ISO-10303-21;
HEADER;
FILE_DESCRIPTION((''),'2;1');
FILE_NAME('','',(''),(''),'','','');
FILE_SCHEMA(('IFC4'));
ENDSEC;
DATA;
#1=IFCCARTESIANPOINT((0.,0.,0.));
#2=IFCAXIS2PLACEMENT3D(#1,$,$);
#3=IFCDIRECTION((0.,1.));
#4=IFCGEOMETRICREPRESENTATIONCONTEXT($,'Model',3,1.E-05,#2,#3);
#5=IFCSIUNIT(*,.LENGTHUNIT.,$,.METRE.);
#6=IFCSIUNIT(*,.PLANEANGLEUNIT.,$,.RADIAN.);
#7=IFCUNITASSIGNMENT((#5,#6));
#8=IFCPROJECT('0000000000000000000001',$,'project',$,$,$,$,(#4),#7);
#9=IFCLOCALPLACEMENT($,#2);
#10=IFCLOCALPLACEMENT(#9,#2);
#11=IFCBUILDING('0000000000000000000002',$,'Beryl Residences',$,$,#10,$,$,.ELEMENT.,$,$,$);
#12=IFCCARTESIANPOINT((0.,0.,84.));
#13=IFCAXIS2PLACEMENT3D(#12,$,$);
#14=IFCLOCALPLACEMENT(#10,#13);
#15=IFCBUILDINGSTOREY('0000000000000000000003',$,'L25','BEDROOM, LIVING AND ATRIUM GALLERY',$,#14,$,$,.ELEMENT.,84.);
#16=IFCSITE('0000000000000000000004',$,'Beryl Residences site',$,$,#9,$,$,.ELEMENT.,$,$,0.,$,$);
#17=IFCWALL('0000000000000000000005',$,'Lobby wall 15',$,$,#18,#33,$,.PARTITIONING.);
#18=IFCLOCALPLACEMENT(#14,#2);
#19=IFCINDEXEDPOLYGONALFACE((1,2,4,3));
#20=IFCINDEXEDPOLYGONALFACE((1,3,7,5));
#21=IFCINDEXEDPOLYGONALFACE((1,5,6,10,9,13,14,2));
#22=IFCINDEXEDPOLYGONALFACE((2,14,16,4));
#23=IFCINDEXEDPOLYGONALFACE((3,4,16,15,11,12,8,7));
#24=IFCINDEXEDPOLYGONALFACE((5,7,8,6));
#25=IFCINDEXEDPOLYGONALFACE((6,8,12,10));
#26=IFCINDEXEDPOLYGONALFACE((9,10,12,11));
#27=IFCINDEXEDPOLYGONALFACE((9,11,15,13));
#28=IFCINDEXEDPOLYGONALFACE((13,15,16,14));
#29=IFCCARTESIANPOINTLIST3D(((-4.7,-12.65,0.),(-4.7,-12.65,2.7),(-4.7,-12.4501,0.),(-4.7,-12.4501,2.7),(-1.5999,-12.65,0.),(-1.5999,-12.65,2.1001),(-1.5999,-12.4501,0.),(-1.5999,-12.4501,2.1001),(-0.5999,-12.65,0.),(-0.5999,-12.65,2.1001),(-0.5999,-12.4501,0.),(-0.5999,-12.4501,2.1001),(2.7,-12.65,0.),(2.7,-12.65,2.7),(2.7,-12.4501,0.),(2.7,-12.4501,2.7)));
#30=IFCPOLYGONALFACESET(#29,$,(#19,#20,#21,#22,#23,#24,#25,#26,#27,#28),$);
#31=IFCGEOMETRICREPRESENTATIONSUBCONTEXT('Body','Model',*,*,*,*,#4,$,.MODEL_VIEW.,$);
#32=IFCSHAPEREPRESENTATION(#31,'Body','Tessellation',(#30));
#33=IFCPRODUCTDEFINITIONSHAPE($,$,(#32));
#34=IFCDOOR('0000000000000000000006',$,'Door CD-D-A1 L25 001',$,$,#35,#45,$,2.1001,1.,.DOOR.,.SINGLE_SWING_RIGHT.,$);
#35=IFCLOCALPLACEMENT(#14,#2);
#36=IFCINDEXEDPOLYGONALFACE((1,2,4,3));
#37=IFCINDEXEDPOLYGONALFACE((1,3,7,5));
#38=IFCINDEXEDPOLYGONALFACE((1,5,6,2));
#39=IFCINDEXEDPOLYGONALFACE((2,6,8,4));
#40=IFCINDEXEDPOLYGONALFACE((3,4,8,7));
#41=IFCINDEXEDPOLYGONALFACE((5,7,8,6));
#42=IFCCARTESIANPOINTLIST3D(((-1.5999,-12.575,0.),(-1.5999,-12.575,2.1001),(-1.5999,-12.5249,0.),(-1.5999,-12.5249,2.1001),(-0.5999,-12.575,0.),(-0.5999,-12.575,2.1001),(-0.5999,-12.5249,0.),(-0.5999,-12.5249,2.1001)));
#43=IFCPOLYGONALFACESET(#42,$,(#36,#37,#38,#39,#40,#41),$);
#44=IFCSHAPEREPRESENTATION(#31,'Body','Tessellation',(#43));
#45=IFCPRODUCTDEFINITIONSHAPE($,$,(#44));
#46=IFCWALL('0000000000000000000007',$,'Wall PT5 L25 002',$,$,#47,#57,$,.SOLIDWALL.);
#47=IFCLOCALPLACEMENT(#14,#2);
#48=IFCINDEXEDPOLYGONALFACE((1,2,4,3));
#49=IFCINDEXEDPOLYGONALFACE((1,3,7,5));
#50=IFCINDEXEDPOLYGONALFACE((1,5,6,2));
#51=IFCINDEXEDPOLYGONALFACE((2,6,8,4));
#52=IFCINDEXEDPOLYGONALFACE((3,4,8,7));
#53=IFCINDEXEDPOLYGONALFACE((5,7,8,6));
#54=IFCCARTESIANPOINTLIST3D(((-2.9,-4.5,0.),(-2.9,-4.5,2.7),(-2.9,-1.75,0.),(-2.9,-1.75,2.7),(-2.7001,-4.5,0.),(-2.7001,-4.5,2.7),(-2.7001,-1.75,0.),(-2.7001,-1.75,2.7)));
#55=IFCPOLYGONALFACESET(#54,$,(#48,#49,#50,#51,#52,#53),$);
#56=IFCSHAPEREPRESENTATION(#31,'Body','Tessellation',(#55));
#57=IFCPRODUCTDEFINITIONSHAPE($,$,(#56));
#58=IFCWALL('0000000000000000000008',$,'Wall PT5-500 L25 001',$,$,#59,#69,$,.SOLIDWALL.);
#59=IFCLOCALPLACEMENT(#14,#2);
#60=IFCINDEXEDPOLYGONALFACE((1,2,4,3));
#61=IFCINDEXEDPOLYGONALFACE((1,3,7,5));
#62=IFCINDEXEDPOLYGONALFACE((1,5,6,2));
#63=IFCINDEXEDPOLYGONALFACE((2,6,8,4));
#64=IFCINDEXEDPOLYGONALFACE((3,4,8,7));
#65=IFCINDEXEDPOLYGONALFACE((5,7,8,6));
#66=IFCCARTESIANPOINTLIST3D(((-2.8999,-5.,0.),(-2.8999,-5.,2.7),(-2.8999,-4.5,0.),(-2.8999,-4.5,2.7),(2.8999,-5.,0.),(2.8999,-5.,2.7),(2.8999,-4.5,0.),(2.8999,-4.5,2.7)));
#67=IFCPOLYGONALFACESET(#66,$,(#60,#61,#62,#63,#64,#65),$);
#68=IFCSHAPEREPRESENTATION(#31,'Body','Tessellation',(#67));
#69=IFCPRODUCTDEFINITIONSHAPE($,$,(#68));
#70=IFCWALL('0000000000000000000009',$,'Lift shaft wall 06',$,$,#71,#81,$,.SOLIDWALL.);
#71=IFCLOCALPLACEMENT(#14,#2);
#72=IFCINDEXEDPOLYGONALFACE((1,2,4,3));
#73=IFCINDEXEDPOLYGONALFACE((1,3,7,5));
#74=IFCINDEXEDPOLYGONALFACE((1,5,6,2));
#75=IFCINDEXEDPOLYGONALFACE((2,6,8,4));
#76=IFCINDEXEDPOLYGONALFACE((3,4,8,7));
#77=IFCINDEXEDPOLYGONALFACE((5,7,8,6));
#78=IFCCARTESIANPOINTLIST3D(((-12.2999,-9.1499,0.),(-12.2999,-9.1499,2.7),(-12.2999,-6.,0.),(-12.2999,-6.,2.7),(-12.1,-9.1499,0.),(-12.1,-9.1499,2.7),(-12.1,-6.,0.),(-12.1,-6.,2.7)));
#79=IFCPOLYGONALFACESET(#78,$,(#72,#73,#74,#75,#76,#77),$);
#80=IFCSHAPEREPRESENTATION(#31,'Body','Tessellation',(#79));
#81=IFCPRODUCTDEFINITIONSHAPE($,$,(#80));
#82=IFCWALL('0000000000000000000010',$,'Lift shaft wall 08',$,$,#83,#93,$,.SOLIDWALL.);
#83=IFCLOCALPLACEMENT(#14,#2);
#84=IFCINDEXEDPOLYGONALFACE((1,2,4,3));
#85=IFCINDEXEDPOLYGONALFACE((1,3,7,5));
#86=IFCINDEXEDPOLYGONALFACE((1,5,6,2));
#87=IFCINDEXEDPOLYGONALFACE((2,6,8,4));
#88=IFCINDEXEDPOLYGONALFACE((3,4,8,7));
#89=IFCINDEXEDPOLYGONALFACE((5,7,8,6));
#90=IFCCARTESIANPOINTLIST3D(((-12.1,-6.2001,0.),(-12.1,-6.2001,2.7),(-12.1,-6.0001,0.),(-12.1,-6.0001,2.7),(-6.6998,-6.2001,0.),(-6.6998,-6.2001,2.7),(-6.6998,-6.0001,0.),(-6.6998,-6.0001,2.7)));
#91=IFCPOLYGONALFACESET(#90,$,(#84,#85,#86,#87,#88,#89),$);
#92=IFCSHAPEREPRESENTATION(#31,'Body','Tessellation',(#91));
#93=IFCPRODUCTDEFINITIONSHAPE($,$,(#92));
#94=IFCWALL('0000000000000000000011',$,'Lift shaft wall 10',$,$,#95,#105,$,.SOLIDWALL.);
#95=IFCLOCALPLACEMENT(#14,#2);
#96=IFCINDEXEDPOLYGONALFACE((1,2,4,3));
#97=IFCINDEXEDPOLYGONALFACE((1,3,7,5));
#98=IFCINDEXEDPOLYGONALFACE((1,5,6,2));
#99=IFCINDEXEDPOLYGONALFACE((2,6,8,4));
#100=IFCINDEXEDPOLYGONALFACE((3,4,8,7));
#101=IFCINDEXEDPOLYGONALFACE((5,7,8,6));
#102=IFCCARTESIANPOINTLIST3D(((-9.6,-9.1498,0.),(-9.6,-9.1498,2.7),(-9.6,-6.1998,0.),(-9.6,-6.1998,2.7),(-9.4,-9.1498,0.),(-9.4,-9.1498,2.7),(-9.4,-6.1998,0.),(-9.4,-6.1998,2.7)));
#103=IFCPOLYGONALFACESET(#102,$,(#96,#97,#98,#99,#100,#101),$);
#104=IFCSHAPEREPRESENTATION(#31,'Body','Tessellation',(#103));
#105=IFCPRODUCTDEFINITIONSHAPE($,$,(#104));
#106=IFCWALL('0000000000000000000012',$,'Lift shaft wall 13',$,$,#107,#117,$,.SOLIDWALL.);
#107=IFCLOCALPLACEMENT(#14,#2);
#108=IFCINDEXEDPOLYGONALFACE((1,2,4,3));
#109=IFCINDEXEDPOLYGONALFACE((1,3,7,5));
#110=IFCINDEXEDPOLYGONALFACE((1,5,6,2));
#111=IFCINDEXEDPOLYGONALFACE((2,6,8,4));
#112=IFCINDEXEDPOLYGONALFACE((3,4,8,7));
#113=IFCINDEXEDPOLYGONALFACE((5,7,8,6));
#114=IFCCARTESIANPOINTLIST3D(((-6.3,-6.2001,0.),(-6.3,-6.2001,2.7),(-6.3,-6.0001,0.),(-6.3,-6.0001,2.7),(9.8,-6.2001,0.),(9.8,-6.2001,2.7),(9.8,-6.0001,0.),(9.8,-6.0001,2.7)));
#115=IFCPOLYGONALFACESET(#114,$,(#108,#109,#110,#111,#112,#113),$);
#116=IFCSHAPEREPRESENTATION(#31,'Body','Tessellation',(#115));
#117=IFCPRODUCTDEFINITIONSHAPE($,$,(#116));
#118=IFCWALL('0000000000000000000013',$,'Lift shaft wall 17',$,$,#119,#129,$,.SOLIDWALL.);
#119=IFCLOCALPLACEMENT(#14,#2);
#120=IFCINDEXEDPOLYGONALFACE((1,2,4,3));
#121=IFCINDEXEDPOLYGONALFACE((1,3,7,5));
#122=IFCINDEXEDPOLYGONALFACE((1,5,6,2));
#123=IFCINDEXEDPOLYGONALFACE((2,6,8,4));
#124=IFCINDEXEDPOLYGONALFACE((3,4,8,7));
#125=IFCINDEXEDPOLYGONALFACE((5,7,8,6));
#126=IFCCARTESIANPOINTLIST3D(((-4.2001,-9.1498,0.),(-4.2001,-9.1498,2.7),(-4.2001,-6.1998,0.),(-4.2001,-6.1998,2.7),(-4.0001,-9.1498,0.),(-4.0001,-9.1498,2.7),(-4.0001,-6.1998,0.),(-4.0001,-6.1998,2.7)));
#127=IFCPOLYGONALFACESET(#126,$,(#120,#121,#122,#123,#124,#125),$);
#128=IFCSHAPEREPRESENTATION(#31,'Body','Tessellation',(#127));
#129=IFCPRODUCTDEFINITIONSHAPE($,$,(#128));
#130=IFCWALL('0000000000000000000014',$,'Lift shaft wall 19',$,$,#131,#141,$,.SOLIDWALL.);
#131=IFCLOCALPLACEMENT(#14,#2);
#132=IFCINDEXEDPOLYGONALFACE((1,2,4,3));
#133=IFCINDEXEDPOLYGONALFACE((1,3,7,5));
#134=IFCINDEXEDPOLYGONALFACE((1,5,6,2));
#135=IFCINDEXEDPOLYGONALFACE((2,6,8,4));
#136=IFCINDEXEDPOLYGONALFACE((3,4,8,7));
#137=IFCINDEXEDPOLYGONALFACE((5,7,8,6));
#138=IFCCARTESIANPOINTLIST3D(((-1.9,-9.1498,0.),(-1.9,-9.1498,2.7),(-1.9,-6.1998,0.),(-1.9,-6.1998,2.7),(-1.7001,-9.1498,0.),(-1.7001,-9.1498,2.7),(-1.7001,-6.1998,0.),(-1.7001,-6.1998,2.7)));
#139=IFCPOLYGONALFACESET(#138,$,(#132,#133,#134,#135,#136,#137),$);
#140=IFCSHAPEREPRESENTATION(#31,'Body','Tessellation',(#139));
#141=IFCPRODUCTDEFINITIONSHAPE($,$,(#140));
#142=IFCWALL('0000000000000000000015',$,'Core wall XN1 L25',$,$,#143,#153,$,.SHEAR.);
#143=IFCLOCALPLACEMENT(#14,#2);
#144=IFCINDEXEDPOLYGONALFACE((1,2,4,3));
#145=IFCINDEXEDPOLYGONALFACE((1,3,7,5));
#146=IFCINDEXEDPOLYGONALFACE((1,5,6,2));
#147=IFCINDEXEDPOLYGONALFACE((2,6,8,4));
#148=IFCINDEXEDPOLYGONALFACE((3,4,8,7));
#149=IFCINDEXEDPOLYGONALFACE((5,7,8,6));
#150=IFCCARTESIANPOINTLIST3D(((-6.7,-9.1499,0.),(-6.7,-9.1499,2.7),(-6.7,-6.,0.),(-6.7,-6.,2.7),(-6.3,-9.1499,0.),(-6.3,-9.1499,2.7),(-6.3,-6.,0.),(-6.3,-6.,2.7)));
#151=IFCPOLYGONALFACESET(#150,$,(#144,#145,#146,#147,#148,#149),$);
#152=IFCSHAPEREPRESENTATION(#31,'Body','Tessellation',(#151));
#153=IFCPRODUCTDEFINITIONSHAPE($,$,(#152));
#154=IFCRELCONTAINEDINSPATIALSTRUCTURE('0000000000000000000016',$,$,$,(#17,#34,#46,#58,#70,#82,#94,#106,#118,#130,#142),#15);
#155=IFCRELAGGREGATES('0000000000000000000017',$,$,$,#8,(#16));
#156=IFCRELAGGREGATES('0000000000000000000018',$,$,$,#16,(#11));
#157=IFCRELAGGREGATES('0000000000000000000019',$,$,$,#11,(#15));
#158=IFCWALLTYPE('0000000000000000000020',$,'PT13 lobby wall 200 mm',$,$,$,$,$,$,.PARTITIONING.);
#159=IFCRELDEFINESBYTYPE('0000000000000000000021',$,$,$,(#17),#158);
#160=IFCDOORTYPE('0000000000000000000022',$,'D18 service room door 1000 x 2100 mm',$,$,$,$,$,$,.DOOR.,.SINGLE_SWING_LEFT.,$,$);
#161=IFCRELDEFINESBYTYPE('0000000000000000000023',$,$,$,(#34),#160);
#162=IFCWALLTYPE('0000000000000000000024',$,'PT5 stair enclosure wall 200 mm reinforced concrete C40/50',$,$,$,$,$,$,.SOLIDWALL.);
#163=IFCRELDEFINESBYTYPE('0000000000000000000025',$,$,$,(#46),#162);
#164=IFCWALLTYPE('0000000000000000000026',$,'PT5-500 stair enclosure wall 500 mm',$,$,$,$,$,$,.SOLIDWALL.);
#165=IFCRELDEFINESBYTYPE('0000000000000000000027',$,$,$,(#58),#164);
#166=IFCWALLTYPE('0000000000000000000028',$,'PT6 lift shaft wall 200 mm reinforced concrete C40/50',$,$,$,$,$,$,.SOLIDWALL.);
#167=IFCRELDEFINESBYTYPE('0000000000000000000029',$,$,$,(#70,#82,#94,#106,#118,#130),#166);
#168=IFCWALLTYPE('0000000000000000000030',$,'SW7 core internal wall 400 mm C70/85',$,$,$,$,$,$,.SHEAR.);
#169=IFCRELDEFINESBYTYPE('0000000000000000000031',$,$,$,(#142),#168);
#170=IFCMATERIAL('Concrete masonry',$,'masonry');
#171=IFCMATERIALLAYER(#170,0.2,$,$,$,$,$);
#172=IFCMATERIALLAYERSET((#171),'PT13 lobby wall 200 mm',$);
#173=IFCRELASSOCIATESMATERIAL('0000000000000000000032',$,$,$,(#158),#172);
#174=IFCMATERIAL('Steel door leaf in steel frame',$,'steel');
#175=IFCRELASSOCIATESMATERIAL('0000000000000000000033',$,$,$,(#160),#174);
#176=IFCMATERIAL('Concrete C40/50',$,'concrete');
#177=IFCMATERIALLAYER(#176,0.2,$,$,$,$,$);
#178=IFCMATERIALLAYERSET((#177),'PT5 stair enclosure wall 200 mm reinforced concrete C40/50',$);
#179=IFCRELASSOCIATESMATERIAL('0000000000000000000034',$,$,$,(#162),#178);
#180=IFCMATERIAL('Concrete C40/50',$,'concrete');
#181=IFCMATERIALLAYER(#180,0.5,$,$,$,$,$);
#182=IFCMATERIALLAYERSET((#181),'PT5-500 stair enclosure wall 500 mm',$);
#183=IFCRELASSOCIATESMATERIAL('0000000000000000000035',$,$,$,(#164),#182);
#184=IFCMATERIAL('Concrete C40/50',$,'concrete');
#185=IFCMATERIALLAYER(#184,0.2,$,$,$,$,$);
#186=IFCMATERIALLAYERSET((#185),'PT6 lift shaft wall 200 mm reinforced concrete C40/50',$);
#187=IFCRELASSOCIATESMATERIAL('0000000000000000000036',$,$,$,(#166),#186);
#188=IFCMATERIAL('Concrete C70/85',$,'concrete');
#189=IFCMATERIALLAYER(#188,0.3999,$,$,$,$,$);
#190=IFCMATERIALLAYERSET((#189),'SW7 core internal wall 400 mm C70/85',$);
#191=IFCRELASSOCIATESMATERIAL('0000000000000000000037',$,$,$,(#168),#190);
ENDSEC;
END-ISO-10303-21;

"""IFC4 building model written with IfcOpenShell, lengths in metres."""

from ifc_helpers import new_model, si_unit, direction, frame, frame_2d, origin, place, context, subcontext, project, spatial, rectangle, extrude, material, layer, layer_set, type_object, element, fill, save


model = new_model("IFC4")

# Units and contexts
model_context = context("Model", 3, precision=1e-05, world=origin(), true_north=direction((0.0, 1.0)))
body_context = subcontext(model_context, "Body", "Model", "MODEL_VIEW")
ifc_project = project(units=[si_unit("LENGTHUNIT", "METRE"), si_unit("PLANEANGLEUNIT", "RADIAN")], contexts=[model_context])

# Site, building, storey
site_placement = place(None, origin())
site = spatial("IfcSite", under=ifc_project, at=site_placement, Name="Beryl Residences site", CompositionType="ELEMENT", RefElevation=0.0)
building_placement = place(site_placement, origin())
building = spatial("IfcBuilding", under=site, at=building_placement, Name="Beryl Residences", CompositionType="ELEMENT")
storey_placement = place(building_placement, frame((0.0, 0.0, 84.0)))
storey = spatial("IfcBuildingStorey", under=building, at=storey_placement, Name="L25", Description="BEDROOM, LIVING AND ATRIUM GALLERY", CompositionType="ELEMENT", Elevation=84.0)

# Wall, opening, door
ifc_material_1 = material(Name="Concrete masonry", Category="masonry")
ifc_layer_1 = layer(ifc_material_1, 0.2)
ifc_layer_set_1 = layer_set([ifc_layer_1], Name="PT13 lobby wall 200 mm")
wall_type_1 = type_object("IfcWallType", Name="PT13 lobby wall 200 mm", PredefinedType="PARTITIONING", material=ifc_layer_set_1)
wall_1_placement = place(storey_placement, frame((-4.7, -12.55, 0.0), z_axis=(0.0, 0.0, 1.0), x_axis=(1.0, 0.0, 0.0)))
wall_1 = element("IfcWall", 1, at=wall_1_placement, inside=storey, type_object=wall_type_1, Name="Lobby wall 15", PredefinedType="PARTITIONING", context=body_context, shape_type="SweptSolid", body=[
    extrude(rectangle(XDim=7.3999, YDim=0.2, at=frame_2d((3.7, 0.0))), origin(), (0.0, 0.0, 1.0), 2.7),
])
opening_1_placement = place(wall_1_placement, frame((4.1001, 0.0, 0.0), z_axis=(0.0, 0.0, 1.0), x_axis=(-1.0, 0.0, 0.0)))
opening_1 = element("IfcOpeningElement", 2, at=opening_1_placement, cuts=wall_1, PredefinedType="OPENING", context=body_context, shape_type="SweptSolid", body=[
    extrude(rectangle(XDim=1.0, YDim=2.1001, at=frame_2d((0.5, 1.05))), frame((0.0, 0.1099, 0.0), z_axis=(0.0, -1.0, 0.0), x_axis=(1.0, 0.0, 0.0)), (0.0, 0.0, 1.0), 0.22),
])
ifc_material_2 = material(Name="Steel door leaf in steel frame", Category="steel")
door_type_1 = type_object("IfcDoorType", Name="D18 service room door 1000 x 2100 mm", OperationType="SINGLE_SWING_LEFT", PredefinedType="DOOR", material=ifc_material_2)
door_1_placement = place(opening_1_placement, origin())
door_1 = element("IfcDoor", 3, at=door_1_placement, inside=storey, type_object=door_type_1, Name="Door CD-D-A1 L25 001", OperationType="SINGLE_SWING_RIGHT", OverallHeight=2.1001, OverallWidth=1.0, PredefinedType="DOOR", context=body_context, shape_type="SweptSolid", body=[
    extrude(rectangle(XDim=1.0, YDim=2.1001, at=frame_2d((0.5, 1.05))), frame((0.0, 0.0249, 0.0), z_axis=(0.0, -1.0, 0.0), x_axis=(1.0, 0.0, 0.0)), (0.0, 0.0, 1.0), 0.05),
])
fill(opening_1, door_1)

# Walls
ifc_material_3 = material(Name="Concrete C40/50", Category="concrete")
ifc_layer_2 = layer(ifc_material_3, 0.2)
ifc_layer_set_2 = layer_set([ifc_layer_2], Name="PT5 stair enclosure wall 200 mm reinforced concrete C40/50")
wall_type_2 = type_object("IfcWallType", Name="PT5 stair enclosure wall 200 mm reinforced concrete C40/50", PredefinedType="SOLIDWALL", material=ifc_layer_set_2)
wall_2_placement = place(storey_placement, frame((-2.8, -4.5, 0.0), z_axis=(0.0, 0.0, 1.0), x_axis=(0.0, 1.0, 0.0)))
element("IfcWall", 4, at=wall_2_placement, inside=storey, type_object=wall_type_2, Name="Wall PT5 L25 002", PredefinedType="SOLIDWALL", context=body_context, shape_type="SweptSolid", body=[
    extrude(rectangle(XDim=2.75, YDim=0.2, at=frame_2d((1.375, 0.0))), origin(), (0.0, 0.0, 1.0), 2.7),
])
ifc_material_4 = material(Name="Concrete C40/50", Category="concrete")
ifc_layer_3 = layer(ifc_material_4, 0.5)
ifc_layer_set_3 = layer_set([ifc_layer_3], Name="PT5-500 stair enclosure wall 500 mm")
wall_type_3 = type_object("IfcWallType", Name="PT5-500 stair enclosure wall 500 mm", PredefinedType="SOLIDWALL", material=ifc_layer_set_3)
wall_3_placement = place(storey_placement, frame((-2.8999, -4.75, 0.0), z_axis=(0.0, 0.0, 1.0), x_axis=(1.0, 0.0, 0.0)))
element("IfcWall", 5, at=wall_3_placement, inside=storey, type_object=wall_type_3, Name="Wall PT5-500 L25 001", PredefinedType="SOLIDWALL", context=body_context, shape_type="SweptSolid", body=[
    extrude(rectangle(XDim=5.7998, YDim=0.5, at=frame_2d((2.8999, 0.0))), origin(), (0.0, 0.0, 1.0), 2.7),
])
ifc_material_5 = material(Name="Concrete C40/50", Category="concrete")
ifc_layer_4 = layer(ifc_material_5, 0.2)
ifc_layer_set_4 = layer_set([ifc_layer_4], Name="PT6 lift shaft wall 200 mm reinforced concrete C40/50")
wall_type_4 = type_object("IfcWallType", Name="PT6 lift shaft wall 200 mm reinforced concrete C40/50", PredefinedType="SOLIDWALL", material=ifc_layer_set_4)
wall_4_placement = place(storey_placement, frame((-12.2, -9.1499, 0.0), z_axis=(0.0, 0.0, 1.0), x_axis=(0.0, 1.0, 0.0)))
element("IfcWall", 6, at=wall_4_placement, inside=storey, type_object=wall_type_4, Name="Lift shaft wall 06", PredefinedType="SOLIDWALL", context=body_context, shape_type="SweptSolid", body=[
    extrude(rectangle(XDim=3.1499, YDim=0.2, at=frame_2d((1.575, 0.0))), origin(), (0.0, 0.0, 1.0), 2.7),
])
wall_5_placement = place(storey_placement, frame((-12.1001, -6.1001, 0.0), z_axis=(0.0, 0.0, 1.0), x_axis=(1.0, 0.0, 0.0)))
element("IfcWall", 7, at=wall_5_placement, inside=storey, type_object=wall_type_4, Name="Lift shaft wall 08", PredefinedType="SOLIDWALL", context=body_context, shape_type="SweptSolid", body=[
    extrude(rectangle(XDim=5.4001, YDim=0.2, at=frame_2d((2.7002, 0.0))), origin(), (0.0, 0.0, 1.0), 2.7),
])
wall_6_placement = place(storey_placement, frame((-9.5, -9.1499, 0.0), z_axis=(0.0, 0.0, 1.0), x_axis=(0.0, 1.0, 0.0)))
element("IfcWall", 8, at=wall_6_placement, inside=storey, type_object=wall_type_4, Name="Lift shaft wall 10", PredefinedType="SOLIDWALL", context=body_context, shape_type="SweptSolid", body=[
    extrude(rectangle(XDim=2.95, YDim=0.2, at=frame_2d((1.4751, 0.0))), origin(), (0.0, 0.0, 1.0), 2.7),
])
wall_7_placement = place(storey_placement, frame((-6.3, -6.1001, 0.0), z_axis=(0.0, 0.0, 1.0), x_axis=(1.0, 0.0, 0.0)))
element("IfcWall", 9, at=wall_7_placement, inside=storey, type_object=wall_type_4, Name="Lift shaft wall 13", PredefinedType="SOLIDWALL", context=body_context, shape_type="SweptSolid", body=[
    extrude(rectangle(XDim=16.1001, YDim=0.2, at=frame_2d((8.05, 0.0))), origin(), (0.0, 0.0, 1.0), 2.7),
])
for number, where, z_axis, x_axis, name in (
    (10, (-4.1001, -9.1499, 0.0), (0.0, 0.0, 1.0), (0.0, 1.0, 0.0), "Lift shaft wall 17"),
    (11, (-1.8, -9.1499, 0.0), (0.0, 0.0, 1.0), (0.0, 1.0, 0.0), "Lift shaft wall 19"),
):
    element("IfcWall", number, at=place(storey_placement, frame(where, z_axis=z_axis, x_axis=x_axis)), inside=storey, type_object=wall_type_4, Name=name, PredefinedType="SOLIDWALL", context=body_context, shape_type="SweptSolid", body=[
        extrude(rectangle(XDim=2.95, YDim=0.2, at=frame_2d((1.4751, 0.0))), origin(), (0.0, 0.0, 1.0), 2.7),
    ])

# Shared definitions
ifc_material_6 = material(Name="Concrete C70/85", Category="concrete")
ifc_layer_5 = layer(ifc_material_6, 0.3999)
ifc_layer_set_5 = layer_set([ifc_layer_5], Name="SW7 core internal wall 400 mm C70/85")
wall_type_5 = type_object("IfcWallType", Name="SW7 core internal wall 400 mm C70/85", PredefinedType="SHEAR", material=ifc_layer_set_5)

# Wall
wall_8_placement = place(storey_placement, frame((-6.5, -9.1499, 0.0), z_axis=(0.0, 0.0, 1.0), x_axis=(0.0, 1.0, 0.0)))
element("IfcWall", 12, at=wall_8_placement, inside=storey, type_object=wall_type_5, Name="Core wall XN1 L25", PredefinedType="SHEAR", context=body_context, shape_type="SweptSolid", body=[
    extrude(rectangle(XDim=3.1499, YDim=0.3999, at=frame_2d((1.575, 0.0))), origin(), (0.0, 0.0, 1.0), 2.7),
])

save(model, "model.ifc")
